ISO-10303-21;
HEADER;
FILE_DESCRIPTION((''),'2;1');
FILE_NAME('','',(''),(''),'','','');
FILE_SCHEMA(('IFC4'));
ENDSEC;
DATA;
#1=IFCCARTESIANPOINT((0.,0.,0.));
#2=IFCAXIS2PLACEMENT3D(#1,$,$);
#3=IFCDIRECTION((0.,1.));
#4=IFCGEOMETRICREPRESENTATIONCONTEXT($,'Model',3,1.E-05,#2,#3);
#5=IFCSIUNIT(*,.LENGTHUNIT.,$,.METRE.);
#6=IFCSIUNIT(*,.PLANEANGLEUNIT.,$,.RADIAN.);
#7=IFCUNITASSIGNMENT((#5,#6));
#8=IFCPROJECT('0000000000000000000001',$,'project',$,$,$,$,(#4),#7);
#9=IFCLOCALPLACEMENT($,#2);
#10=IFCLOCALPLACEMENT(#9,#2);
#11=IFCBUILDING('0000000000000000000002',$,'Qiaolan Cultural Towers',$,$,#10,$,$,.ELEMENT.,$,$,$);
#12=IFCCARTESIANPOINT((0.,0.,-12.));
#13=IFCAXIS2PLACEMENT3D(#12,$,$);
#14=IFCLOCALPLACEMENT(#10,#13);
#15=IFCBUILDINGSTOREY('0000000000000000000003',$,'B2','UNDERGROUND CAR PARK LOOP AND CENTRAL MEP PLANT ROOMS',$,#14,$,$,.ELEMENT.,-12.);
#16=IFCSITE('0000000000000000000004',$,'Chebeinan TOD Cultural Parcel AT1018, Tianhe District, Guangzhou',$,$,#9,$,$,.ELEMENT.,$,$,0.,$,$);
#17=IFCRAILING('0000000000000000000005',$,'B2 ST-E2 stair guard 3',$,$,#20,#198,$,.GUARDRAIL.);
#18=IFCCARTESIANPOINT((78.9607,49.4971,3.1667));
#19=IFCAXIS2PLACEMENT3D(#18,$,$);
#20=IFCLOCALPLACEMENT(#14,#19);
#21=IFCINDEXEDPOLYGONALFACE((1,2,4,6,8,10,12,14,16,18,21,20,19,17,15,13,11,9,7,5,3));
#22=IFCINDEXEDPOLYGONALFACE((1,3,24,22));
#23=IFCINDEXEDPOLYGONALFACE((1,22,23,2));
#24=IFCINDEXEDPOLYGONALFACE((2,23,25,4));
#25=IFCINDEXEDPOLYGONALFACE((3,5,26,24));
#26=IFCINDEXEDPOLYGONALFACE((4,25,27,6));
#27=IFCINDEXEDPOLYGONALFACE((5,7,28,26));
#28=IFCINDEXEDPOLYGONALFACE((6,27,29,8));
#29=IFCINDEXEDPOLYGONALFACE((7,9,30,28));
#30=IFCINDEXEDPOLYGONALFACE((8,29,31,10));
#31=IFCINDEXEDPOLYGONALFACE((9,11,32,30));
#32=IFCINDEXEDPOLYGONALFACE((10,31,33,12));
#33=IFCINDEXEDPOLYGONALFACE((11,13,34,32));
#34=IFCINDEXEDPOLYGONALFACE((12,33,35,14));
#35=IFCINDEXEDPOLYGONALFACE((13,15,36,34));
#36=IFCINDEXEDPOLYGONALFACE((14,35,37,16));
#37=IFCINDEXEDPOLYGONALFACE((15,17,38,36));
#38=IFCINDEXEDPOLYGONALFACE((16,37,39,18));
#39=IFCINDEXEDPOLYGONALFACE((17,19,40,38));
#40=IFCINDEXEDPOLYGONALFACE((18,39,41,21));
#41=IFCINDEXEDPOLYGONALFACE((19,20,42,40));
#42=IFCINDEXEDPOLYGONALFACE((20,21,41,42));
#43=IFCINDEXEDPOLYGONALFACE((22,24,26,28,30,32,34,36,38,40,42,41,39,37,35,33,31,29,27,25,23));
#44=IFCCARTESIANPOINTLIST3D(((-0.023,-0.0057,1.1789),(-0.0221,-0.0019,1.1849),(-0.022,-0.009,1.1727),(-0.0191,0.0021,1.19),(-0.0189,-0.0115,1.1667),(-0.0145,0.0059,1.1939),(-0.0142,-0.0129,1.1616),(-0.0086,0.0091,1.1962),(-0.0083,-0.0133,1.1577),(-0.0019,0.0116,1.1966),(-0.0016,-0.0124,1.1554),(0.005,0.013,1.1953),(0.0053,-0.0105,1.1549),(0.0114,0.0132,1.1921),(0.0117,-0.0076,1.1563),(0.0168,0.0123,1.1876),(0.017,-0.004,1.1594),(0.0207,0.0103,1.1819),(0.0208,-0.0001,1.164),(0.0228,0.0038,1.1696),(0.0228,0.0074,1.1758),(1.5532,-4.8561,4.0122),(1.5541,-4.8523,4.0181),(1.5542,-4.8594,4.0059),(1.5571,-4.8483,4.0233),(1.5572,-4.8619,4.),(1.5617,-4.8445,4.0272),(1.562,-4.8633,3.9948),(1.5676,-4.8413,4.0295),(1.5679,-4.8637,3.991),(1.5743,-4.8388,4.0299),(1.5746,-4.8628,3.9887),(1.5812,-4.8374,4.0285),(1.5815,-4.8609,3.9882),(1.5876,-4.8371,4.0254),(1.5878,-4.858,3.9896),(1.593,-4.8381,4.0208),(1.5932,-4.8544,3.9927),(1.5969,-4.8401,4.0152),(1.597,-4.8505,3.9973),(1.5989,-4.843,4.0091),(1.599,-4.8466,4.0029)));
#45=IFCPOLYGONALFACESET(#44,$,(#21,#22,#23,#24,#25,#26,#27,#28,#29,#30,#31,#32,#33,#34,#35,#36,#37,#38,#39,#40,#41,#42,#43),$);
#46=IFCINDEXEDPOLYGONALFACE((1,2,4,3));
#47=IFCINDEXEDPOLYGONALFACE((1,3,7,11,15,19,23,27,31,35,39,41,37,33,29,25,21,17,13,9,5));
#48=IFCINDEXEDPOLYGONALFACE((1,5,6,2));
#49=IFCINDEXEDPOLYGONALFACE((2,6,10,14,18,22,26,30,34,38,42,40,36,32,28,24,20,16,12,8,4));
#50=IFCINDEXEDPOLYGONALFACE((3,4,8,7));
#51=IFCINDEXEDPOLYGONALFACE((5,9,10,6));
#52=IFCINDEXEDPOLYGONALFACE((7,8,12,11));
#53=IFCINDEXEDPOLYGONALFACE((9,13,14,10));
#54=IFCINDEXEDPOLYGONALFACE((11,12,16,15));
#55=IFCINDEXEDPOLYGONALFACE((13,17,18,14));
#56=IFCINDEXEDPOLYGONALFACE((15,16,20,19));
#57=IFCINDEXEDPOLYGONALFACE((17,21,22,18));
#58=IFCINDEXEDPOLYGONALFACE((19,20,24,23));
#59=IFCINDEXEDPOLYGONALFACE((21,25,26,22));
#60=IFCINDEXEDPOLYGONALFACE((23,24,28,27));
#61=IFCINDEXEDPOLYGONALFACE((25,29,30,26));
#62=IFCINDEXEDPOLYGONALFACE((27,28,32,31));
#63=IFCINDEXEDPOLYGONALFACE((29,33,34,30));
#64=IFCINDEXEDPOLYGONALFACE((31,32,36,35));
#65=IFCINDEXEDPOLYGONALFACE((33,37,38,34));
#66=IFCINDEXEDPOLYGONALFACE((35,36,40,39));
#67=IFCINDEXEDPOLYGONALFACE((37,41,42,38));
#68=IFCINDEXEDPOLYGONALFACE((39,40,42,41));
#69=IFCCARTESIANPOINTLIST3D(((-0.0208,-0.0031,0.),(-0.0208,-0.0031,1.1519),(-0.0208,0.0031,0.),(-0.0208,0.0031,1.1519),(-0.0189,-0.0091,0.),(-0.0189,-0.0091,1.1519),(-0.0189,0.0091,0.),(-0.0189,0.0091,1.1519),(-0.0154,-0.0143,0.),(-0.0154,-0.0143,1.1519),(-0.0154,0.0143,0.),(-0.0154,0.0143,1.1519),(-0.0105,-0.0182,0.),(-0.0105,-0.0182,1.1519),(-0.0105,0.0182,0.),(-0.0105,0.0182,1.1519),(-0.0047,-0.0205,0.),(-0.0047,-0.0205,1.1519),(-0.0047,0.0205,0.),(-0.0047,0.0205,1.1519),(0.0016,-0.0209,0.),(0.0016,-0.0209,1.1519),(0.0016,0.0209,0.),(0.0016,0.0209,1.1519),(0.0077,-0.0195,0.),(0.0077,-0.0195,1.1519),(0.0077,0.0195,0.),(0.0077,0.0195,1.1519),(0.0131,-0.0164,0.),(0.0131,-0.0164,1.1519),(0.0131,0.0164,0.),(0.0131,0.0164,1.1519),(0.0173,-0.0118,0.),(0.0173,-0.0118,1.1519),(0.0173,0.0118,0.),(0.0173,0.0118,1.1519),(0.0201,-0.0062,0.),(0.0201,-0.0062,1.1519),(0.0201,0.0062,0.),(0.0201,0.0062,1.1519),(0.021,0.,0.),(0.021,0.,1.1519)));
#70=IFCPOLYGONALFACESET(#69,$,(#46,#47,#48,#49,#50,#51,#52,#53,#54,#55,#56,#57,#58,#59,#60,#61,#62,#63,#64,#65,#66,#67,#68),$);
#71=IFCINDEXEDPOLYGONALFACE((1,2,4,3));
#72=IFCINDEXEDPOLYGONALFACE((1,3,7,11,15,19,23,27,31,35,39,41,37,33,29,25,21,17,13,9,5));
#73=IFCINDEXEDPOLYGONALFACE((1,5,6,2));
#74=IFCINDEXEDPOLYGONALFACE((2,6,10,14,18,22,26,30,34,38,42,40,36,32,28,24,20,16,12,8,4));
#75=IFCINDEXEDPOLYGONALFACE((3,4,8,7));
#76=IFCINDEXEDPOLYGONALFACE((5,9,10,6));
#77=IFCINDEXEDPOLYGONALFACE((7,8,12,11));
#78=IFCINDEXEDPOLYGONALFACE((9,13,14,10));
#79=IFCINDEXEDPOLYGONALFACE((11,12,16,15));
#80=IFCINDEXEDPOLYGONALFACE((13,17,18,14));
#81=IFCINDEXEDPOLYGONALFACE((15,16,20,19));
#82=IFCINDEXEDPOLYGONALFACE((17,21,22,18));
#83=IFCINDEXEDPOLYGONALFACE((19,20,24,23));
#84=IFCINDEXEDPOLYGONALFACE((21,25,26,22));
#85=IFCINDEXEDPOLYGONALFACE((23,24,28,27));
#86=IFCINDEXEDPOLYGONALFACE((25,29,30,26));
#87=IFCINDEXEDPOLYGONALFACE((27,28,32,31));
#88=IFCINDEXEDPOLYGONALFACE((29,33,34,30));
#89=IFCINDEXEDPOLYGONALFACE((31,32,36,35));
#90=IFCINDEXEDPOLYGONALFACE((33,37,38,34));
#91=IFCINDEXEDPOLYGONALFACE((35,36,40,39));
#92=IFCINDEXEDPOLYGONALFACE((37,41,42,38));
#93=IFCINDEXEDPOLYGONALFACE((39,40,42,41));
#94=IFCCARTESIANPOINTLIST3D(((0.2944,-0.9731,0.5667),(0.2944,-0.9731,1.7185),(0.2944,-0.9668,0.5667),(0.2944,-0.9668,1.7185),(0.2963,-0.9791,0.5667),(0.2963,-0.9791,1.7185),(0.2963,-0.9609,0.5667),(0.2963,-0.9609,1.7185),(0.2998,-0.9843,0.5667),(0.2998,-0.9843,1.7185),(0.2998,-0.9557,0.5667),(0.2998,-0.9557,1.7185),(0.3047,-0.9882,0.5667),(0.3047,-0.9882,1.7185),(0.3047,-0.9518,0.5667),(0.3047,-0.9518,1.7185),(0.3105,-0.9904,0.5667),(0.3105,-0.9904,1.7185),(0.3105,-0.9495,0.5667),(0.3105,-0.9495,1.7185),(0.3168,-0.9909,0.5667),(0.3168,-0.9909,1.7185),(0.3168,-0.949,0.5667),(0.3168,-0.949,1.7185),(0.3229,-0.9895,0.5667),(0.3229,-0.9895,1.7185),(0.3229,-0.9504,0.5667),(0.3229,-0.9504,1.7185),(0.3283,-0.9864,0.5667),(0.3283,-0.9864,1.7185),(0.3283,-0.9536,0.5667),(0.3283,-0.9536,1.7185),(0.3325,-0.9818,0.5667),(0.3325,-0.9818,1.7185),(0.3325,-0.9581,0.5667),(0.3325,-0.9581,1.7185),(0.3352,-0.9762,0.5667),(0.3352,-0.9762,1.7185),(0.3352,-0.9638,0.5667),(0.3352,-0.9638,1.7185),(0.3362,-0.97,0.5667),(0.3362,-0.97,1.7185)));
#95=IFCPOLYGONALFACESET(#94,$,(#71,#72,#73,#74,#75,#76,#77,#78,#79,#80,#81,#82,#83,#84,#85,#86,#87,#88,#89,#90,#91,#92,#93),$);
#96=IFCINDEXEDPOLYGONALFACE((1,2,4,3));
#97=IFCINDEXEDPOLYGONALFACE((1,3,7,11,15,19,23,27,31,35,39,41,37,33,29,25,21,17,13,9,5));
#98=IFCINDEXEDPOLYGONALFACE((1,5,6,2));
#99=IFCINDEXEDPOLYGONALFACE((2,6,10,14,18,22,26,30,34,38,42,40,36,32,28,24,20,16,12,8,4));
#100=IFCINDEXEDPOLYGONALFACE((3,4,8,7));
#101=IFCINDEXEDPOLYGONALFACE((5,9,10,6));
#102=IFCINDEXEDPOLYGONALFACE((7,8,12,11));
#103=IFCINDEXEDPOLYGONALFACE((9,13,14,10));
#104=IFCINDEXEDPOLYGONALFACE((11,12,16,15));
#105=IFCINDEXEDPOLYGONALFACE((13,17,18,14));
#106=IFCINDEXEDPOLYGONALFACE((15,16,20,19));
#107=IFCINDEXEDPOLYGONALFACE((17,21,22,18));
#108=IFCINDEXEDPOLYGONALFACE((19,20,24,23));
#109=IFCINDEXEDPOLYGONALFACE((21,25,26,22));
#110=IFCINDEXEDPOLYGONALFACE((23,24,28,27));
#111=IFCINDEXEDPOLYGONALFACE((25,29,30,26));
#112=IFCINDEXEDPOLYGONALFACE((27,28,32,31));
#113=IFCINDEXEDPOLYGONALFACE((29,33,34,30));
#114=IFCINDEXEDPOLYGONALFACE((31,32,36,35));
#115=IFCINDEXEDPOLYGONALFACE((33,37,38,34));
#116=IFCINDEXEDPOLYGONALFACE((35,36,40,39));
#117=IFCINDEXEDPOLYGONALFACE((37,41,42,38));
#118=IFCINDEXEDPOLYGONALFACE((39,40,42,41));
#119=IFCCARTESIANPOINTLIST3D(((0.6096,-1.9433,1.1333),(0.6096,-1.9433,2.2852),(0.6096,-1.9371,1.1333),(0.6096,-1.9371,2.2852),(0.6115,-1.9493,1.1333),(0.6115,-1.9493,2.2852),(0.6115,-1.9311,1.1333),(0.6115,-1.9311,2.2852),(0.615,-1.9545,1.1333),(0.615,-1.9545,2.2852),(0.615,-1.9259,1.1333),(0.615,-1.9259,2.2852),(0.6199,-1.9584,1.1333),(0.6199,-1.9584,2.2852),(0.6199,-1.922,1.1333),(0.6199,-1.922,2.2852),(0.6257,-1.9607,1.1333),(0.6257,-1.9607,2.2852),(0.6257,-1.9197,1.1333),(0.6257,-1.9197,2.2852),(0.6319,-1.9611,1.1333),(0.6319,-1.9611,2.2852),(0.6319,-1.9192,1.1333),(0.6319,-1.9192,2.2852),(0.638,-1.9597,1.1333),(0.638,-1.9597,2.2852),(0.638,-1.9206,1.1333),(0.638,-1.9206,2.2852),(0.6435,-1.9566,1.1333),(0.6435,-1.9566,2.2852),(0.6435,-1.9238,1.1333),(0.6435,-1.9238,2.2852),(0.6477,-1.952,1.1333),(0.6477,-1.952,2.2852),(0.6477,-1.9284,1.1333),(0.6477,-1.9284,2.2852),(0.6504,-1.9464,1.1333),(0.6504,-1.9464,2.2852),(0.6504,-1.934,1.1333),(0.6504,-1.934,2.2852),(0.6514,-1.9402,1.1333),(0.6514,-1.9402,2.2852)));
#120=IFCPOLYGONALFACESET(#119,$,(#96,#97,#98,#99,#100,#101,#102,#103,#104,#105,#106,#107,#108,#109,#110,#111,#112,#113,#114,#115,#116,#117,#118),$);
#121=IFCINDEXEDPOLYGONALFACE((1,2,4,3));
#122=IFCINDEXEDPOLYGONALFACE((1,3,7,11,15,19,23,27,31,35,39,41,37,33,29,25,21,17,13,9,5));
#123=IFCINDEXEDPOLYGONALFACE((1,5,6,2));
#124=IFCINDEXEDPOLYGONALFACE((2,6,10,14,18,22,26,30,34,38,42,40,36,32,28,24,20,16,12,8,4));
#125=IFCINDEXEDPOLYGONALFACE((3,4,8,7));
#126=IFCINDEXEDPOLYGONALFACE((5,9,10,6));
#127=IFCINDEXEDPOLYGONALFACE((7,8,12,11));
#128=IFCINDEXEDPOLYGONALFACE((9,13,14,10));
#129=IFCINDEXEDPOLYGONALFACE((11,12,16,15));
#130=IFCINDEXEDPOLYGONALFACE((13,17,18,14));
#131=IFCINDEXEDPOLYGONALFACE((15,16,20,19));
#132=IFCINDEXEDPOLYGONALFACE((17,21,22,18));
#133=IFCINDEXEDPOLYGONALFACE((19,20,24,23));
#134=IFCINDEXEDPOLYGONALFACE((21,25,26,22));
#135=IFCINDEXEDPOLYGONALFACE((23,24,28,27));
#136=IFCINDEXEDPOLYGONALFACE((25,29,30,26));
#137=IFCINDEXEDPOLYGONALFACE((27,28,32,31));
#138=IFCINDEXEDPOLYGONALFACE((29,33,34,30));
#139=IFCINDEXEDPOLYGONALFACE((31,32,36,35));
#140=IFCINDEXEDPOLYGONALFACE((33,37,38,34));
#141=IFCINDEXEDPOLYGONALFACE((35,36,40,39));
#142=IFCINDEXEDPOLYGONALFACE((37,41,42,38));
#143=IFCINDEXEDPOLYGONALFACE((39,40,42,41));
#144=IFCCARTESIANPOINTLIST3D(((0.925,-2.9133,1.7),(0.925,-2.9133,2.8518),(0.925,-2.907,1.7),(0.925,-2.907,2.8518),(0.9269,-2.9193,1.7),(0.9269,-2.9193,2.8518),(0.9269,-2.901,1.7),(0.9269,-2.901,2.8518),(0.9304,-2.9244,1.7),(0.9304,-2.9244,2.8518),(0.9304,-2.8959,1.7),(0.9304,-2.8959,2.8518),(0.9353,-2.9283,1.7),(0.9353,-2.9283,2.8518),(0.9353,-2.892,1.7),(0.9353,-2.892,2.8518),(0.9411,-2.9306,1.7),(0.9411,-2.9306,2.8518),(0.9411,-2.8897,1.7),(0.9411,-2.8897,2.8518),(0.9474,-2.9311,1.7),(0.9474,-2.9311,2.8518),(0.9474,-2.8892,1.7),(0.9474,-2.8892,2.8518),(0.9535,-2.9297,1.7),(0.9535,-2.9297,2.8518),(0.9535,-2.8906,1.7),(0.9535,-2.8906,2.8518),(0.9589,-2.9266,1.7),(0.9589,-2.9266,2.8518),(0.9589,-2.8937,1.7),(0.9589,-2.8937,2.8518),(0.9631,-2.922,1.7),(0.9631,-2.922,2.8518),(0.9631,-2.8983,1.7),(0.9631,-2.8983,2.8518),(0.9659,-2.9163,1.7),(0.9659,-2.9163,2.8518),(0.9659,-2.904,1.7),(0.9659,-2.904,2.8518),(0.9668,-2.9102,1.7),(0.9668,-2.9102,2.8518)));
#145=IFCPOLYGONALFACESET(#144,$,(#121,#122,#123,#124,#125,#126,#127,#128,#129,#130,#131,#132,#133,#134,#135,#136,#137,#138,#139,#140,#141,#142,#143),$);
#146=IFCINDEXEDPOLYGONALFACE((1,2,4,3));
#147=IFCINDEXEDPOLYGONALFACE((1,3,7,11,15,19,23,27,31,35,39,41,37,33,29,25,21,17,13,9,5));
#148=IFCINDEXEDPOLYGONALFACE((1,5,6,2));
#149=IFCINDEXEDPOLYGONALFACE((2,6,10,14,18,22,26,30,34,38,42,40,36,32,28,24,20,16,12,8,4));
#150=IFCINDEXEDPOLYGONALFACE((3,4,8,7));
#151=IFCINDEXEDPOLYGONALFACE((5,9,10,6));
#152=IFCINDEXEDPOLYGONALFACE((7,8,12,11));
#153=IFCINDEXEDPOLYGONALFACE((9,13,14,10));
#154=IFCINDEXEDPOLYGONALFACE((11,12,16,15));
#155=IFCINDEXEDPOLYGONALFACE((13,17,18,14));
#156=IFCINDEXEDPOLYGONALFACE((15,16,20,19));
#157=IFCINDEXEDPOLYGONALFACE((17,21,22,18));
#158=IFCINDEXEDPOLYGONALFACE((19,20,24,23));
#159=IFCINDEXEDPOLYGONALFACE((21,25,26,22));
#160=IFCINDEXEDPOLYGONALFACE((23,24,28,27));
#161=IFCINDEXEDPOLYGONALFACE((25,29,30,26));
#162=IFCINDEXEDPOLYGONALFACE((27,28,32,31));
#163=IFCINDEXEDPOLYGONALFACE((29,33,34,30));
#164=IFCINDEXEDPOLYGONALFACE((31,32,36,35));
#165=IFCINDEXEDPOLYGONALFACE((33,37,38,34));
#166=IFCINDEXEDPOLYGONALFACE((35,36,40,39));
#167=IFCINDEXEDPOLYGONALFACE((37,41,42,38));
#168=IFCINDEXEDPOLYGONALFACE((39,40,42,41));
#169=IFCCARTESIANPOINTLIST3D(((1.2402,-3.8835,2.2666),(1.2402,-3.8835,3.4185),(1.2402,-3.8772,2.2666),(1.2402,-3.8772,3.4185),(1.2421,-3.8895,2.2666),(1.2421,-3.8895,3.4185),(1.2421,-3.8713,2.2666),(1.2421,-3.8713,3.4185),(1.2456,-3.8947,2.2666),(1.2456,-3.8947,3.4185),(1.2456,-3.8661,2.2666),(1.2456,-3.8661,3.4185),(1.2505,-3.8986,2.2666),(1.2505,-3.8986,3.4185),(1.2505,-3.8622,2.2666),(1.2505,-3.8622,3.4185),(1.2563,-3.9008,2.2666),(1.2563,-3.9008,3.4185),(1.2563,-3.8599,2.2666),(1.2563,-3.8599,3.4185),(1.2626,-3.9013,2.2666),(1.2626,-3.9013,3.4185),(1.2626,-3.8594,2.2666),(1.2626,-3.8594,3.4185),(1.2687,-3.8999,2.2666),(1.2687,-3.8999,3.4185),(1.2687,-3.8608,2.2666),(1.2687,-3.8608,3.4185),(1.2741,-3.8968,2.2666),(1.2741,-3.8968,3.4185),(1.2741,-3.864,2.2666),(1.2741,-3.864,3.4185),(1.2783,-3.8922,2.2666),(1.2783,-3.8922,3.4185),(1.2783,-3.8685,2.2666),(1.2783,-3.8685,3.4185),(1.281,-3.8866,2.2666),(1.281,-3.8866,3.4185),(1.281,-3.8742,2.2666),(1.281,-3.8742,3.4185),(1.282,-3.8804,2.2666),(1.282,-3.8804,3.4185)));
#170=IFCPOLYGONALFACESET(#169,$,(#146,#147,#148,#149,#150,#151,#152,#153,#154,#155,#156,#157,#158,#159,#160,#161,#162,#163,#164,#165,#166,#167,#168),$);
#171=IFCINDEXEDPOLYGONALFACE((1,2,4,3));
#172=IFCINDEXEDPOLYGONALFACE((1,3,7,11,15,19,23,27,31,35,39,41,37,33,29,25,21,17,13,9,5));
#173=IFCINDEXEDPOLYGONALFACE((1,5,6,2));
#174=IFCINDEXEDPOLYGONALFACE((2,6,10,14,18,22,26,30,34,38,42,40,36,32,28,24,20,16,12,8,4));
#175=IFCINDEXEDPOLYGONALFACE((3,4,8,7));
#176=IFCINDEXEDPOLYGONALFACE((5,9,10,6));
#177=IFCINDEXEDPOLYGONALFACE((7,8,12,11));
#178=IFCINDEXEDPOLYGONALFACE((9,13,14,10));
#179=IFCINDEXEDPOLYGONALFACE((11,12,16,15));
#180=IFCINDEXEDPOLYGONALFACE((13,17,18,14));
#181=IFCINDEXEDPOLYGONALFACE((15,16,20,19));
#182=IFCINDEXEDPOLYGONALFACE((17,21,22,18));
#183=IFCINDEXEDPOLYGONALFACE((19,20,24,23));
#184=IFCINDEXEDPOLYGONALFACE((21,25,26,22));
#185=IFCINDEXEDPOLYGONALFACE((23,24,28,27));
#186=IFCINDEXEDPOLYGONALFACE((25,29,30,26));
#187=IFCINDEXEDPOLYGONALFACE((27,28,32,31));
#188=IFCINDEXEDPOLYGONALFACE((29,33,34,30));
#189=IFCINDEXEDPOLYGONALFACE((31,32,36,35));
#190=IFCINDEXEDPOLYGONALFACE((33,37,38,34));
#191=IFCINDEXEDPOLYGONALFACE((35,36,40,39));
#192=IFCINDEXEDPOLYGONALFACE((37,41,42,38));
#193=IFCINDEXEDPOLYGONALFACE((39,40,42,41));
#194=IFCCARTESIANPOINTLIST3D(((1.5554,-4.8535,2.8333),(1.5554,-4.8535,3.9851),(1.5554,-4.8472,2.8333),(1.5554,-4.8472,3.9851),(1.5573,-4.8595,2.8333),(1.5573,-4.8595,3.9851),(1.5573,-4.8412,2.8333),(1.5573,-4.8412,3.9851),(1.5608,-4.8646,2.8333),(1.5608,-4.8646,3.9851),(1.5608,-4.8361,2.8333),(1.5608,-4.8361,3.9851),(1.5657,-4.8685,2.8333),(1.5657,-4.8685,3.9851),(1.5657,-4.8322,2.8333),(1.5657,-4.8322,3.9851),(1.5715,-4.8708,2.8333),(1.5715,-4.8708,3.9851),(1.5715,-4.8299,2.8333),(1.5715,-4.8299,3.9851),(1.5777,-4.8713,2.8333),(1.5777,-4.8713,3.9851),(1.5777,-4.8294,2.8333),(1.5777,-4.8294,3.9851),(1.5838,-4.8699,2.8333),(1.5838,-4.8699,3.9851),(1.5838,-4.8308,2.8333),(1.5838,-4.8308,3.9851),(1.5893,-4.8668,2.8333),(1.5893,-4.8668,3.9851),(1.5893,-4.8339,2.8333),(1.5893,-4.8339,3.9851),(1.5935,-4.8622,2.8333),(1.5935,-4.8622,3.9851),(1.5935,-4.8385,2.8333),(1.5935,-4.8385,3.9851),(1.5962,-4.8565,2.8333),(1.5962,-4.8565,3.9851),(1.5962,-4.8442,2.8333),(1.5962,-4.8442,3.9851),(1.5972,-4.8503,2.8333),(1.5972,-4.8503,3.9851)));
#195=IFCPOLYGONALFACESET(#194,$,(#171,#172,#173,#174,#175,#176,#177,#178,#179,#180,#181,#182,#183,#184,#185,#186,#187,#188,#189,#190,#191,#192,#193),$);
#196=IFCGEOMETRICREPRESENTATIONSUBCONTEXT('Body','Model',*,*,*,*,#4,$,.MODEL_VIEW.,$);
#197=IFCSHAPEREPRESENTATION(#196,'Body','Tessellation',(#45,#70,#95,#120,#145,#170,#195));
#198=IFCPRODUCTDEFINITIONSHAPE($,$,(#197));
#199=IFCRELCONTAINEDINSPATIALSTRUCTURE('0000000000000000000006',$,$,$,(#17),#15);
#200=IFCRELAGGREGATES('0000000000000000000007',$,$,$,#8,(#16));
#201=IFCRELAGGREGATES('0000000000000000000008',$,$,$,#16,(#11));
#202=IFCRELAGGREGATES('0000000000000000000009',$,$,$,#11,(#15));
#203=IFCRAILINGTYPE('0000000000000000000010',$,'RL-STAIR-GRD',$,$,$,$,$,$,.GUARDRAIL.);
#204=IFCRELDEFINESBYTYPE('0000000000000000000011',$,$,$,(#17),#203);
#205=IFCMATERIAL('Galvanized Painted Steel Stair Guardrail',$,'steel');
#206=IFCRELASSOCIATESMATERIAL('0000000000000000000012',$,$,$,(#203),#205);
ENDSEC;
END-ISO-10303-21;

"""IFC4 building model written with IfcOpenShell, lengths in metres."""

from ifc_helpers import new_model, si_unit, direction, frame, origin, origin_2d, place, context, subcontext, project, spatial, circle, extrude, material, type_object, element, save


model = new_model("IFC4")

# Units and contexts
model_context = context("Model", 3, precision=1e-05, world=origin(), true_north=direction((0.0, 1.0)))
body_context = subcontext(model_context, "Body", "Model", "MODEL_VIEW")
ifc_project = project(units=[si_unit("LENGTHUNIT", "METRE"), si_unit("PLANEANGLEUNIT", "RADIAN")], contexts=[model_context])

# Site, building, storey
site_placement = place(None, origin())
site = spatial("IfcSite", under=ifc_project, at=site_placement, Name="Chebeinan TOD Cultural Parcel AT1018, Tianhe District, Guangzhou", CompositionType="ELEMENT", RefElevation=0.0)
building_placement = place(site_placement, origin())
building = spatial("IfcBuilding", under=site, at=building_placement, Name="Qiaolan Cultural Towers", CompositionType="ELEMENT")
storey_placement = place(building_placement, frame((0.0, 0.0, -12.0)))
storey = spatial("IfcBuildingStorey", under=building, at=storey_placement, Name="B2", Description="UNDERGROUND CAR PARK LOOP AND CENTRAL MEP PLANT ROOMS", CompositionType="ELEMENT", Elevation=-12.0)

# Railing
ifc_material_1 = material(Name="Galvanized Painted Steel Stair Guardrail", Category="steel")
railing_type_1 = type_object("IfcRailingType", Name="RL-STAIR-GRD", PredefinedType="GUARDRAIL", material=ifc_material_1)
railing_1_placement = place(storey_placement, frame((78.9607, 49.4971, 3.1667)))
element("IfcRailing", 1, at=railing_1_placement, inside=storey, type_object=railing_type_1, Name="B2 ST-E2 stair guard 3", PredefinedType="GUARDRAIL", context=body_context, shape_type="SweptSolid", body=[
    extrude(circle(Radius=0.0239, at=origin_2d()), frame((0.0, 0.0, 1.1758), z_axis=(0.270162, -0.831369, 0.485631), x_axis=(0.951045, 0.309053, 0.0)), (0.0, 0.0, 1.0), 5.8342),
    extrude(circle(Radius=0.021, at=origin_2d()), origin(), (0.0, 0.0, 1.0), 1.1519),
    extrude(circle(Radius=0.021, at=origin_2d()), frame((0.3152, -0.97, 0.5667)), (0.0, 0.0, 1.0), 1.1519),
    extrude(circle(Radius=0.021, at=origin_2d()), frame((0.6304, -1.9402, 1.1333)), (0.0, 0.0, 1.0), 1.1519),
    extrude(circle(Radius=0.021, at=origin_2d()), frame((0.9458, -2.9102, 1.7)), (0.0, 0.0, 1.0), 1.1519),
    extrude(circle(Radius=0.021, at=origin_2d()), frame((1.261, -3.8804, 2.2666)), (0.0, 0.0, 1.0), 1.1519),
    extrude(circle(Radius=0.021, at=origin_2d()), frame((1.5762, -4.8503, 2.8333)), (0.0, 0.0, 1.0), 1.1519),
])

save(model, "model.ifc")
